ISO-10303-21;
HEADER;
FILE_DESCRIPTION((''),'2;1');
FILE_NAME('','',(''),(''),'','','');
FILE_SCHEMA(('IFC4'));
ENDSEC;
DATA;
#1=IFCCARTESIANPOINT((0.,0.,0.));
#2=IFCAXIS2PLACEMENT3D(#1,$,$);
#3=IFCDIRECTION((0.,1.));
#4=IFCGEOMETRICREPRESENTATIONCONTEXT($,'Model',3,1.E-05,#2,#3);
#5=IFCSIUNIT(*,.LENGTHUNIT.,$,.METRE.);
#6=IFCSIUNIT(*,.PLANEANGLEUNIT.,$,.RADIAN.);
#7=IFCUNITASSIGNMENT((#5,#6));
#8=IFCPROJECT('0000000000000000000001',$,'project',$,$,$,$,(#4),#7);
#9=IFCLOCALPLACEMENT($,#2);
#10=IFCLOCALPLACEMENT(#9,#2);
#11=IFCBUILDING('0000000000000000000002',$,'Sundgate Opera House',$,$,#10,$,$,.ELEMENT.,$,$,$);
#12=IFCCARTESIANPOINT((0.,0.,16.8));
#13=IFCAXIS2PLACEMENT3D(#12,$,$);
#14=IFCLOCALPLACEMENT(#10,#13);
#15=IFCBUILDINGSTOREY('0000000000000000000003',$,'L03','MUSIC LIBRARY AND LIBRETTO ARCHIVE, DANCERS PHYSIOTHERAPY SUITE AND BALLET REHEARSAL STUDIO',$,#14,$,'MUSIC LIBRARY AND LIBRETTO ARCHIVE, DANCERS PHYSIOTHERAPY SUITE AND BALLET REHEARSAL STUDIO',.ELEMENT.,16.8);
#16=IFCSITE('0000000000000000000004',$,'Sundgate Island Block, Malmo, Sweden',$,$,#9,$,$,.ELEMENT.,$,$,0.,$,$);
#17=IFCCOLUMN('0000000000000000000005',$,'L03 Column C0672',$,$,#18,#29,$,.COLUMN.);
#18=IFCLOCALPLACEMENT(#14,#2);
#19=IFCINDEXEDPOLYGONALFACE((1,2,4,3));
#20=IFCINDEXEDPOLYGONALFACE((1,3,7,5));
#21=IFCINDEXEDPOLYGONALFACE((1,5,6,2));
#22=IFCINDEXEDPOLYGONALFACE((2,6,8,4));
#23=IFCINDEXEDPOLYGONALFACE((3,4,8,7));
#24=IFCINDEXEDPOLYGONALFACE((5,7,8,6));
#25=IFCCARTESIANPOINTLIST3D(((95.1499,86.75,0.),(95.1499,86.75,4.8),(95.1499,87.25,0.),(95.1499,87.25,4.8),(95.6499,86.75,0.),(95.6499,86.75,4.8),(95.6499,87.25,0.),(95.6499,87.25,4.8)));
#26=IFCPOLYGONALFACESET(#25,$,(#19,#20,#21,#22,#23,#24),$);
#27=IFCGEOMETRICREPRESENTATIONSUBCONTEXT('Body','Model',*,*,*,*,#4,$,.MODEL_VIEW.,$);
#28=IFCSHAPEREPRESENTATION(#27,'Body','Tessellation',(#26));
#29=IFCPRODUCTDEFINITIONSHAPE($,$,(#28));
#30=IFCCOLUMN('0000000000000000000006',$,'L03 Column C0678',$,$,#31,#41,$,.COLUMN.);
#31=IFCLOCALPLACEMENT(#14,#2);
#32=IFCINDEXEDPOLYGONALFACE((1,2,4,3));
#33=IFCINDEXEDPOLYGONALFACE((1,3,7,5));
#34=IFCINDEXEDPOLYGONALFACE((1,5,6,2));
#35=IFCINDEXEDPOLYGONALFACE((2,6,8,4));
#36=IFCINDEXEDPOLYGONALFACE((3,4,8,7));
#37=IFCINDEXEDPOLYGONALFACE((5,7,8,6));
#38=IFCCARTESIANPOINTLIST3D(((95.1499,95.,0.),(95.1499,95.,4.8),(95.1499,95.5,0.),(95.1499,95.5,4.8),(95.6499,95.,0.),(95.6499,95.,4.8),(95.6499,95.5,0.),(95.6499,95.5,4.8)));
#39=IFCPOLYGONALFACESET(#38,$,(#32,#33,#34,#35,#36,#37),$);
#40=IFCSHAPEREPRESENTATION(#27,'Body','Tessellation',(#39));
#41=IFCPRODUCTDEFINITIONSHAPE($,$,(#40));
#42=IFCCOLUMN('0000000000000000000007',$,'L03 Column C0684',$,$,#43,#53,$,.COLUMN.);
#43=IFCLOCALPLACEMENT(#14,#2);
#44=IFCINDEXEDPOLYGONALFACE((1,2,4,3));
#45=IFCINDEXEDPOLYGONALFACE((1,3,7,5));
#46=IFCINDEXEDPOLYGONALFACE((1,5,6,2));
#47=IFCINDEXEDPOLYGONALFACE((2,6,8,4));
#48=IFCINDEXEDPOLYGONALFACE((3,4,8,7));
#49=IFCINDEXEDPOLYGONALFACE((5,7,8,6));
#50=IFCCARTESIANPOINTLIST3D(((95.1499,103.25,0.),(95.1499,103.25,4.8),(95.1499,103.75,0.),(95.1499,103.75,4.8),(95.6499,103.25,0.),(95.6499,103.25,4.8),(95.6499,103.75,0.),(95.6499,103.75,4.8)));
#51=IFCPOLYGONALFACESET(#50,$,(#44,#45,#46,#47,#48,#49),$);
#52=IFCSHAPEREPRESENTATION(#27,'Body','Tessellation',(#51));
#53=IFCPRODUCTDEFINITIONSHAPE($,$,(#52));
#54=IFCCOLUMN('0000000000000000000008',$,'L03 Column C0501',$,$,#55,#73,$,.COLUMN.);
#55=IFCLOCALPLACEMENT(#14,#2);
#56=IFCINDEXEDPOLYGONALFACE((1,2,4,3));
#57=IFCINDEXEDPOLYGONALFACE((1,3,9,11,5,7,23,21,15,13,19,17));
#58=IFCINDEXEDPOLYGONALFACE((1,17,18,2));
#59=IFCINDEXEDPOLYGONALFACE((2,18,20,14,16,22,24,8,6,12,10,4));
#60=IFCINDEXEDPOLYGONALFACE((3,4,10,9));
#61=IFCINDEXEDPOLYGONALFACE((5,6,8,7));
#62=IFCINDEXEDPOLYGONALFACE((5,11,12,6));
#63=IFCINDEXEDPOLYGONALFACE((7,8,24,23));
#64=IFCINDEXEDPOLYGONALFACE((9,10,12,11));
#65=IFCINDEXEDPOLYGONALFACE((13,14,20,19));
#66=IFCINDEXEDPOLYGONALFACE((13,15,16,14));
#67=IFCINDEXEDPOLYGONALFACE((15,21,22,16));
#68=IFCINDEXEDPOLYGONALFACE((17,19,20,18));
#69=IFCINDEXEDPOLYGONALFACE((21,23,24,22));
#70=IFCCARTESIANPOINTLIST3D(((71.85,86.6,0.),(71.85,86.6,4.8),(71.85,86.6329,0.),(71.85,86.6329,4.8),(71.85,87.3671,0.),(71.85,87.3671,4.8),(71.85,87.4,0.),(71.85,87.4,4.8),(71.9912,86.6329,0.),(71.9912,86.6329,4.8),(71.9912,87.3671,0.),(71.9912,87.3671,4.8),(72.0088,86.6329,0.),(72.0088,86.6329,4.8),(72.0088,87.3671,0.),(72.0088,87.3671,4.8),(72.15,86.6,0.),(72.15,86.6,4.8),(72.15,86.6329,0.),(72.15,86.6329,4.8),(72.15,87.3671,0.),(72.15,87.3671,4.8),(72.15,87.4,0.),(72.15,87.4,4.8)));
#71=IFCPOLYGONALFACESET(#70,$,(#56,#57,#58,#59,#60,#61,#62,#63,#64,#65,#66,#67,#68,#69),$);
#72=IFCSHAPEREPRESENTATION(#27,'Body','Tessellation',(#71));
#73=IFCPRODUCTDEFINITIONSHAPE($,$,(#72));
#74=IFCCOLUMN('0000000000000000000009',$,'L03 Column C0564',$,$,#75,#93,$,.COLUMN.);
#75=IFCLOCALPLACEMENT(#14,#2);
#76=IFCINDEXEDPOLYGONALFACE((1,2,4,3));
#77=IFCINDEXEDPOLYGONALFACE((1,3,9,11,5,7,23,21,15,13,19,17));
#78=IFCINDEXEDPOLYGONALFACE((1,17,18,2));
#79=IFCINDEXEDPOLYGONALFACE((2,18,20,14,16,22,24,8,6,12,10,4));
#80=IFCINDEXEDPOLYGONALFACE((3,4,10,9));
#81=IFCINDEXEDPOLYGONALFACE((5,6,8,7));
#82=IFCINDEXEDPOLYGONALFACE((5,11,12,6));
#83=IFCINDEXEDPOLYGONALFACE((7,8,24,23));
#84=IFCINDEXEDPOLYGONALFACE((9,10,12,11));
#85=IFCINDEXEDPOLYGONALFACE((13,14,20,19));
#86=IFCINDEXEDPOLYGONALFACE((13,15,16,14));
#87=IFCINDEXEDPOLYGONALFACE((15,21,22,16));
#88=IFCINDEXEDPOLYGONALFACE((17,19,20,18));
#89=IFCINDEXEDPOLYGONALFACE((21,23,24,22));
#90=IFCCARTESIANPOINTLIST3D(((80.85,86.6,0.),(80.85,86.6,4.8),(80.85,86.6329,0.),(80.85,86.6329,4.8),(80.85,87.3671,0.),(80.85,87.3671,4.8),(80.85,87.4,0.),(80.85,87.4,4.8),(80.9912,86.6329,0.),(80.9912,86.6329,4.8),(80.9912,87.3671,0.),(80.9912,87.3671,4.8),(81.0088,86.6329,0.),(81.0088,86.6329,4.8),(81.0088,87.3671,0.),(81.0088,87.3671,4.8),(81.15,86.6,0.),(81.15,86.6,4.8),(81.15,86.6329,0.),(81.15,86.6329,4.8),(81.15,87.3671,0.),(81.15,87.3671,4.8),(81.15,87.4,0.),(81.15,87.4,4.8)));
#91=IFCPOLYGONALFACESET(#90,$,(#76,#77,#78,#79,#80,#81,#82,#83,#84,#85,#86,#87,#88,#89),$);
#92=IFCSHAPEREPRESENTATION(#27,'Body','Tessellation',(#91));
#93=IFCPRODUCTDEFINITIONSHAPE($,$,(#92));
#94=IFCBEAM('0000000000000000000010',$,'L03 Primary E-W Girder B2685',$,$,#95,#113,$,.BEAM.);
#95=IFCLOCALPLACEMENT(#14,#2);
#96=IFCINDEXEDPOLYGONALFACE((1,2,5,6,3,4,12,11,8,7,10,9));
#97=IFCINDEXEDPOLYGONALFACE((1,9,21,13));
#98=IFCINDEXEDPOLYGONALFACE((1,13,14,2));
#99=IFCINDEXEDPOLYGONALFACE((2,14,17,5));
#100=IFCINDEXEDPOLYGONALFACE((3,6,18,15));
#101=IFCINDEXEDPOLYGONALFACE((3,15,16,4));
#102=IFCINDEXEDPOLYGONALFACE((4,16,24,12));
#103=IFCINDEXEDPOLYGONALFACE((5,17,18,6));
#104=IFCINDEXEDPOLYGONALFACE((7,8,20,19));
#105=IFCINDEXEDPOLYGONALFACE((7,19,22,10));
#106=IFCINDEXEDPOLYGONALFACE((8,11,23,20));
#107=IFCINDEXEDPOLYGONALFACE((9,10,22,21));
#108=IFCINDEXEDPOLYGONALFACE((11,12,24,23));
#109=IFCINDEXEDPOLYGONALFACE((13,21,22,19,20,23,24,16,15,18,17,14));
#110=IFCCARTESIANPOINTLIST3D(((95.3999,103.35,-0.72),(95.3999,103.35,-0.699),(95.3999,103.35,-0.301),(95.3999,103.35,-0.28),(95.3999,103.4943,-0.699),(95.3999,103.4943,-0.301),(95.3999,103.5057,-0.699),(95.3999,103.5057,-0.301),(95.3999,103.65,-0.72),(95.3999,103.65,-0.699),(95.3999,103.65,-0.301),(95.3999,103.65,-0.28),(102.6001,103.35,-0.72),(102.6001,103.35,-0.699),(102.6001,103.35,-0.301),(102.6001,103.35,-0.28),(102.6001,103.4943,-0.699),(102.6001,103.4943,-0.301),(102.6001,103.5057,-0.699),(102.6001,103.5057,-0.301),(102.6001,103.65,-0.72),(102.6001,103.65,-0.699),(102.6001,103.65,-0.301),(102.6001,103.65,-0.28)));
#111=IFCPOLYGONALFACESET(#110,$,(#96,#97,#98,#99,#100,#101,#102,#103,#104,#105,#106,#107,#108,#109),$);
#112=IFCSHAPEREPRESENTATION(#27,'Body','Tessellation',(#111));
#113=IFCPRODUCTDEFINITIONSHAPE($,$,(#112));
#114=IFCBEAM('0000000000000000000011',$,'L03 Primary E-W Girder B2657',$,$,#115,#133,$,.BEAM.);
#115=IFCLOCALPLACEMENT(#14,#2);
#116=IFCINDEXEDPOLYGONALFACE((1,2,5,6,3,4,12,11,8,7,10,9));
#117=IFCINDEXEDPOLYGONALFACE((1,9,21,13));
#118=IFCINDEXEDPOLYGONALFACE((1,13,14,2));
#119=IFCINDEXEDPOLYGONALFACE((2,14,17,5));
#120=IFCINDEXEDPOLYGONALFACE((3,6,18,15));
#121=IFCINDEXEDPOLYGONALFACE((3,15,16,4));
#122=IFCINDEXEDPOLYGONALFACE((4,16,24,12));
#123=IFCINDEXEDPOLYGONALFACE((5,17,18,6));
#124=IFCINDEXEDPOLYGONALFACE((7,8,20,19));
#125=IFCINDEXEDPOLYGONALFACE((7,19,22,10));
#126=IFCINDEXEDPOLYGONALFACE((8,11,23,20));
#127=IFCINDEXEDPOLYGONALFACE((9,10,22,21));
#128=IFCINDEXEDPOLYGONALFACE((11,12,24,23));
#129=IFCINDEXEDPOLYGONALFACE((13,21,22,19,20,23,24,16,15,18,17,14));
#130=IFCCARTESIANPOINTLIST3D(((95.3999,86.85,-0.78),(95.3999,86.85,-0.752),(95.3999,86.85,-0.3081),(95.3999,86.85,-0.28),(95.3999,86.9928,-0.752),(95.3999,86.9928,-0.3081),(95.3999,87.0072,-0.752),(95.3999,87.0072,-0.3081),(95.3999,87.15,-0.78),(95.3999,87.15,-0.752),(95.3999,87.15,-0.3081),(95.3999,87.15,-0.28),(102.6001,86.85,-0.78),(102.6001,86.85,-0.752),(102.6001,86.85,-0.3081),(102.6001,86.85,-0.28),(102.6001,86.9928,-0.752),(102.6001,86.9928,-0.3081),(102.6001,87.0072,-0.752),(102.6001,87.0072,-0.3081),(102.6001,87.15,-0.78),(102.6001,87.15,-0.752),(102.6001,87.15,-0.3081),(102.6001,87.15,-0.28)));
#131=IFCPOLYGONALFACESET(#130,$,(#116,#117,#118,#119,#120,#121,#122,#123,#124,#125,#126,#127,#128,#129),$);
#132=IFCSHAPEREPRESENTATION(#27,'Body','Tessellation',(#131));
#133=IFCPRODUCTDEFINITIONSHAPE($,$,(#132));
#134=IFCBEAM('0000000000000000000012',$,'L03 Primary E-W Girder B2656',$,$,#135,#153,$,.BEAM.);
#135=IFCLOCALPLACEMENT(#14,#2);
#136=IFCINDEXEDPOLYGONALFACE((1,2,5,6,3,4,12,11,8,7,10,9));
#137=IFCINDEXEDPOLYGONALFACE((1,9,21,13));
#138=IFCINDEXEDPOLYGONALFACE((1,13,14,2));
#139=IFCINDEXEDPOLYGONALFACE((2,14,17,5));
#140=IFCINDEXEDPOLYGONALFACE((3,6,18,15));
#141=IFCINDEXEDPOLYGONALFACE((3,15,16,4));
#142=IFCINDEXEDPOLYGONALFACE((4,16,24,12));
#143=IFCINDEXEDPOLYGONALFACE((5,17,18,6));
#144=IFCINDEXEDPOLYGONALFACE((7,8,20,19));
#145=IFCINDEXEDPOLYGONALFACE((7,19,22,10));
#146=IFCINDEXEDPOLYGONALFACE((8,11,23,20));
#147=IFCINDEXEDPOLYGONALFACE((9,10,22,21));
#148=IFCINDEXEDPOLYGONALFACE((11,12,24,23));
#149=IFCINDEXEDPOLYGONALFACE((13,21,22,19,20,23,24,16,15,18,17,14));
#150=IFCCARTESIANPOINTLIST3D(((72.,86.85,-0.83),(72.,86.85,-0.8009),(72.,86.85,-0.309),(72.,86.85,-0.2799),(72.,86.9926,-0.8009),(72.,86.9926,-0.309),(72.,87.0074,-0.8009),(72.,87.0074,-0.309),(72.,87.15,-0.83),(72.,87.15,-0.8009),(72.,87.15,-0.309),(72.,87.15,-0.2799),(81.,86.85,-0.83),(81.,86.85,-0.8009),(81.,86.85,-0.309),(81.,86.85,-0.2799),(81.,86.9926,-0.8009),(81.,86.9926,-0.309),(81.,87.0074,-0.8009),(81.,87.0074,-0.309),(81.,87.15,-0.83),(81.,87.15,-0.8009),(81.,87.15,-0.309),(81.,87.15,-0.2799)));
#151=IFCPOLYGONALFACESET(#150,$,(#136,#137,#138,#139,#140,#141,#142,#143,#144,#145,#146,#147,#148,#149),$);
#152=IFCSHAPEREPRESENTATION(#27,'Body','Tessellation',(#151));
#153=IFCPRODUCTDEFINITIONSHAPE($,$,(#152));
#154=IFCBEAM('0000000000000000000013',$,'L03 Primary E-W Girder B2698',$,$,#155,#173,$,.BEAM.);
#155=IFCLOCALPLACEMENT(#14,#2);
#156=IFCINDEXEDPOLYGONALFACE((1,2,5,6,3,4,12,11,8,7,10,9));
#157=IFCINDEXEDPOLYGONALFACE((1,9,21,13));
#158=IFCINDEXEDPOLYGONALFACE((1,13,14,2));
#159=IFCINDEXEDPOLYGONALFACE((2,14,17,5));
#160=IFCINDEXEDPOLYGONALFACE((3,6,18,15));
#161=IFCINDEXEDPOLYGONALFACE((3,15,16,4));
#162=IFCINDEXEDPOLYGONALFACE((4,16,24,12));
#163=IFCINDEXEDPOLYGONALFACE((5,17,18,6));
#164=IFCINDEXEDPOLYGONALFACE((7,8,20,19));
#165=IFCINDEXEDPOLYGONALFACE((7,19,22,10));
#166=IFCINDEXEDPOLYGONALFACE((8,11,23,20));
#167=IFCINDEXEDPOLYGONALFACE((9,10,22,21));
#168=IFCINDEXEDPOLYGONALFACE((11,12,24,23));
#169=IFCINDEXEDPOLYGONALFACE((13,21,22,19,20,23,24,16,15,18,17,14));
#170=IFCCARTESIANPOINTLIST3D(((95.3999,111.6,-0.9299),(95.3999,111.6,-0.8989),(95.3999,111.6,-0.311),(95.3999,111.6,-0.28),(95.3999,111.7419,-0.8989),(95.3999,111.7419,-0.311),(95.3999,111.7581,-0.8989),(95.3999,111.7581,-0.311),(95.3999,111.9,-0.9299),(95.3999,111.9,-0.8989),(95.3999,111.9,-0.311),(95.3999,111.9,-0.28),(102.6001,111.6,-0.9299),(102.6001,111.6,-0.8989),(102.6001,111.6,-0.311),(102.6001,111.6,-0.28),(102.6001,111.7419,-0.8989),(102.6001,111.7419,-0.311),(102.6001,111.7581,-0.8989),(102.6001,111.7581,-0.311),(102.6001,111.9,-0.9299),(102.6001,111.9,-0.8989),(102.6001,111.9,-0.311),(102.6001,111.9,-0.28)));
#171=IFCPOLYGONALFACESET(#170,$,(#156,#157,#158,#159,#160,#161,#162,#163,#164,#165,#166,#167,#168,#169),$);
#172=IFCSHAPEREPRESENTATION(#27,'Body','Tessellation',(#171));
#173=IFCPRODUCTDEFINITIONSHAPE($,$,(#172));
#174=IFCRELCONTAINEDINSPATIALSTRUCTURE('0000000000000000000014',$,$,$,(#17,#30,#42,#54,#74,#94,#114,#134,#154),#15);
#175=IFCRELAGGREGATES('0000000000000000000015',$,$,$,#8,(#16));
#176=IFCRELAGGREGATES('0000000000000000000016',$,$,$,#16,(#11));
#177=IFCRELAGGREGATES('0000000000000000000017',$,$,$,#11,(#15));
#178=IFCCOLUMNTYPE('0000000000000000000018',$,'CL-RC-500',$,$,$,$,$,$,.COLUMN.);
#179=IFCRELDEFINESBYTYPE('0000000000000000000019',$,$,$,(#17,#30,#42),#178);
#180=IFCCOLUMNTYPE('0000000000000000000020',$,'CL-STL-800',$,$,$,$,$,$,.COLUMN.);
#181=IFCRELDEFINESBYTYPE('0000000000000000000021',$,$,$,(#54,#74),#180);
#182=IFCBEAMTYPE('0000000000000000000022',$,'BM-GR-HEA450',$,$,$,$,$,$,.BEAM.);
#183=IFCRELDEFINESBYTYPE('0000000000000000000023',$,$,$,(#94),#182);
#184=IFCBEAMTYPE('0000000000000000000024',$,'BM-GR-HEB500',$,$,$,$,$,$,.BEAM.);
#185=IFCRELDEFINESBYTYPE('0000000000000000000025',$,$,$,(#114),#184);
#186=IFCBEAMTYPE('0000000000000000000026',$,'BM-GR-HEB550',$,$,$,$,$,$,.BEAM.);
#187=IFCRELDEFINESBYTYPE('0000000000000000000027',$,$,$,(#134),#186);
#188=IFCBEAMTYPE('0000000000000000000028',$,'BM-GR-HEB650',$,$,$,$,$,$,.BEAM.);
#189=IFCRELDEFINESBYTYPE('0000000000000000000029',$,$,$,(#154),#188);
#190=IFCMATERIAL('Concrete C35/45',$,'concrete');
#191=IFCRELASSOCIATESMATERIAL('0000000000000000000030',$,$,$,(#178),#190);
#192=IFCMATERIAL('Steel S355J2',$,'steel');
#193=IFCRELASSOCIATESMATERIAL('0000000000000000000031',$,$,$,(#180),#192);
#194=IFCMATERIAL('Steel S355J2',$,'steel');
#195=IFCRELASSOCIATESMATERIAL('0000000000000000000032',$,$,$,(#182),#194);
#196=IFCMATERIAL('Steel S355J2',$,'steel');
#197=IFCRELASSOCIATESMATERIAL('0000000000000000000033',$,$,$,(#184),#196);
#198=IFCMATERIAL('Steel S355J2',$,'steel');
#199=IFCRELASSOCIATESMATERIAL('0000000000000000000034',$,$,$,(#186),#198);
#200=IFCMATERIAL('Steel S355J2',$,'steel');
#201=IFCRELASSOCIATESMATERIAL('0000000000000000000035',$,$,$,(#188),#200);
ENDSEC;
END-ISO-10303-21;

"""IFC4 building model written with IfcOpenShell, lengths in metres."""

from ifc_helpers import new_model, si_unit, direction, frame, origin, origin_2d, place, context, subcontext, project, spatial, rectangle, i_section, extrude, material, material_profile, profile_set, type_object, element, save


model = new_model("IFC4")

# Units and contexts
model_context = context("Model", 3, precision=1e-05, world=origin(), true_north=direction((0.0, 1.0)))
body_context = subcontext(model_context, "Body", "Model", "MODEL_VIEW")
ifc_project = project(units=[si_unit("LENGTHUNIT", "METRE"), si_unit("PLANEANGLEUNIT", "RADIAN")], contexts=[model_context])

# Site, building, storey
site_placement = place(None, origin())
site = spatial("IfcSite", under=ifc_project, at=site_placement, Name="Sundgate Island Block, Malmo, Sweden", CompositionType="ELEMENT", RefElevation=0.0)
building_placement = place(site_placement, origin())
building = spatial("IfcBuilding", under=site, at=building_placement, Name="Sundgate Opera House", CompositionType="ELEMENT")
storey_placement = place(building_placement, frame((0.0, 0.0, 16.8)))
storey = spatial("IfcBuildingStorey", under=building, at=storey_placement, Name="L03", Description="MUSIC LIBRARY AND LIBRETTO ARCHIVE, DANCERS PHYSIOTHERAPY SUITE AND BALLET REHEARSAL STUDIO", LongName="MUSIC LIBRARY AND LIBRETTO ARCHIVE, DANCERS PHYSIOTHERAPY SUITE AND BALLET REHEARSAL STUDIO", CompositionType="ELEMENT", Elevation=16.8)

# Columns
ifc_material_1 = material(Name="Concrete C35/45", Category="concrete")
ifc_material_profile_1 = material_profile(ifc_material_1, rectangle(XDim=0.5, YDim=0.5, at=origin_2d()), Name="RC 500x500")
ifc_profile_set_1 = profile_set([ifc_material_profile_1], Name="Concrete C35/45")
column_type_1 = type_object("IfcColumnType", Name="CL-RC-500", PredefinedType="COLUMN", material=ifc_profile_set_1)
for number, where, z_axis, x_axis, name in (
    (1, (95.3999, 87.0, 0.0), (0.0, 0.0, 1.0), (1.0, 0.0, 0.0), "L03 Column C0672"),
    (2, (95.3999, 95.25, 0.0), (0.0, 0.0, 1.0), (1.0, 0.0, 0.0), "L03 Column C0678"),
    (3, (95.3999, 103.5, 0.0), (0.0, 0.0, 1.0), (1.0, 0.0, 0.0), "L03 Column C0684"),
):
    element("IfcColumn", number, at=place(storey_placement, frame(where, z_axis=z_axis, x_axis=x_axis)), inside=storey, type_object=column_type_1, Name=name, PredefinedType="COLUMN", context=body_context, shape_type="SweptSolid", body=[
        extrude(rectangle(XDim=0.5, YDim=0.5, at=origin_2d()), origin(), (0.0, 0.0, 1.0), 4.8),
    ])
ifc_material_2 = material(Name="Steel S355J2", Category="steel")
ifc_material_profile_2 = material_profile(ifc_material_2, i_section(OverallWidth=0.3, OverallDepth=0.8, WebThickness=0.0176, FlangeThickness=0.033, at=origin_2d()), Name="HEB 800")
ifc_profile_set_2 = profile_set([ifc_material_profile_2], Name="Steel S355J2")
column_type_2 = type_object("IfcColumnType", Name="CL-STL-800", PredefinedType="COLUMN", material=ifc_profile_set_2)
for number, where, z_axis, x_axis, name in (
    (4, (72.0, 87.0, 0.0), (0.0, 0.0, 1.0), (1.0, 0.0, 0.0), "L03 Column C0501"),
    (5, (81.0, 87.0, 0.0), (0.0, 0.0, 1.0), (1.0, 0.0, 0.0), "L03 Column C0564"),
):
    element("IfcColumn", number, at=place(storey_placement, frame(where, z_axis=z_axis, x_axis=x_axis)), inside=storey, type_object=column_type_2, Name=name, PredefinedType="COLUMN", context=body_context, shape_type="SweptSolid", body=[
        extrude(i_section(OverallWidth=0.3, OverallDepth=0.8, WebThickness=0.0176, FlangeThickness=0.033, at=origin_2d()), origin(), (0.0, 0.0, 1.0), 4.8),
    ])

# Beams
ifc_material_3 = material(Name="Steel S355J2", Category="steel")
ifc_material_profile_3 = material_profile(ifc_material_3, i_section(OverallWidth=0.3, OverallDepth=0.4399, WebThickness=0.0115, FlangeThickness=0.021, at=origin_2d()), Name="HEA 450")
ifc_profile_set_3 = profile_set([ifc_material_profile_3], Name="Steel S355J2")
beam_type_1 = type_object("IfcBeamType", Name="BM-GR-HEA450", PredefinedType="BEAM", material=ifc_profile_set_3)
beam_1_placement = place(storey_placement, frame((95.3999, 103.5, -0.5), z_axis=(1.0, 0.0, 0.0), x_axis=(0.0, 1.0, 0.0)))
element("IfcBeam", 6, at=beam_1_placement, inside=storey, type_object=beam_type_1, Name="L03 Primary E-W Girder B2685", PredefinedType="BEAM", context=body_context, shape_type="SweptSolid", body=[
    extrude(i_section(OverallWidth=0.3, OverallDepth=0.4399, WebThickness=0.0115, FlangeThickness=0.021, at=origin_2d()), origin(), (0.0, 0.0, 1.0), 7.2002),
])
ifc_material_4 = material(Name="Steel S355J2", Category="steel")
ifc_material_profile_4 = material_profile(ifc_material_4, i_section(OverallWidth=0.3, OverallDepth=0.5, WebThickness=0.0144, FlangeThickness=0.0281, at=origin_2d()), Name="HEB 500")
ifc_profile_set_4 = profile_set([ifc_material_profile_4], Name="Steel S355J2")
beam_type_2 = type_object("IfcBeamType", Name="BM-GR-HEB500", PredefinedType="BEAM", material=ifc_profile_set_4)
beam_2_placement = place(storey_placement, frame((95.3999, 87.0, -0.53), z_axis=(1.0, 0.0, 0.0), x_axis=(0.0, 1.0, 0.0)))
element("IfcBeam", 7, at=beam_2_placement, inside=storey, type_object=beam_type_2, Name="L03 Primary E-W Girder B2657", PredefinedType="BEAM", context=body_context, shape_type="SweptSolid", body=[
    extrude(i_section(OverallWidth=0.3, OverallDepth=0.5, WebThickness=0.0144, FlangeThickness=0.0281, at=origin_2d()), origin(), (0.0, 0.0, 1.0), 7.2002),
])
ifc_material_5 = material(Name="Steel S355J2", Category="steel")
ifc_material_profile_5 = material_profile(ifc_material_5, i_section(OverallWidth=0.3, OverallDepth=0.55, WebThickness=0.0149, FlangeThickness=0.0291, at=origin_2d()), Name="HEB 550")
ifc_profile_set_5 = profile_set([ifc_material_profile_5], Name="Steel S355J2")
beam_type_3 = type_object("IfcBeamType", Name="BM-GR-HEB550", PredefinedType="BEAM", material=ifc_profile_set_5)
beam_3_placement = place(storey_placement, frame((72.0, 87.0, -0.5549), z_axis=(1.0, 0.0, 0.0), x_axis=(0.0, 1.0, 0.0)))
element("IfcBeam", 8, at=beam_3_placement, inside=storey, type_object=beam_type_3, Name="L03 Primary E-W Girder B2656", PredefinedType="BEAM", context=body_context, shape_type="SweptSolid", body=[
    extrude(i_section(OverallWidth=0.3, OverallDepth=0.55, WebThickness=0.0149, FlangeThickness=0.0291, at=origin_2d()), origin(), (0.0, 0.0, 1.0), 9.0),
])
ifc_material_6 = material(Name="Steel S355J2", Category="steel")
ifc_material_profile_6 = material_profile(ifc_material_6, i_section(OverallWidth=0.3, OverallDepth=0.6499, WebThickness=0.0161, FlangeThickness=0.031, at=origin_2d()), Name="HEB 650")
ifc_profile_set_6 = profile_set([ifc_material_profile_6], Name="Steel S355J2")
beam_type_4 = type_object("IfcBeamType", Name="BM-GR-HEB650", PredefinedType="BEAM", material=ifc_profile_set_6)
beam_4_placement = place(storey_placement, frame((95.3999, 111.75, -0.605), z_axis=(1.0, 0.0, 0.0), x_axis=(0.0, 1.0, 0.0)))
element("IfcBeam", 9, at=beam_4_placement, inside=storey, type_object=beam_type_4, Name="L03 Primary E-W Girder B2698", PredefinedType="BEAM", context=body_context, shape_type="SweptSolid", body=[
    extrude(i_section(OverallWidth=0.3, OverallDepth=0.6499, WebThickness=0.0161, FlangeThickness=0.031, at=origin_2d()), origin(), (0.0, 0.0, 1.0), 7.2002),
])

save(model, "model.ifc")
